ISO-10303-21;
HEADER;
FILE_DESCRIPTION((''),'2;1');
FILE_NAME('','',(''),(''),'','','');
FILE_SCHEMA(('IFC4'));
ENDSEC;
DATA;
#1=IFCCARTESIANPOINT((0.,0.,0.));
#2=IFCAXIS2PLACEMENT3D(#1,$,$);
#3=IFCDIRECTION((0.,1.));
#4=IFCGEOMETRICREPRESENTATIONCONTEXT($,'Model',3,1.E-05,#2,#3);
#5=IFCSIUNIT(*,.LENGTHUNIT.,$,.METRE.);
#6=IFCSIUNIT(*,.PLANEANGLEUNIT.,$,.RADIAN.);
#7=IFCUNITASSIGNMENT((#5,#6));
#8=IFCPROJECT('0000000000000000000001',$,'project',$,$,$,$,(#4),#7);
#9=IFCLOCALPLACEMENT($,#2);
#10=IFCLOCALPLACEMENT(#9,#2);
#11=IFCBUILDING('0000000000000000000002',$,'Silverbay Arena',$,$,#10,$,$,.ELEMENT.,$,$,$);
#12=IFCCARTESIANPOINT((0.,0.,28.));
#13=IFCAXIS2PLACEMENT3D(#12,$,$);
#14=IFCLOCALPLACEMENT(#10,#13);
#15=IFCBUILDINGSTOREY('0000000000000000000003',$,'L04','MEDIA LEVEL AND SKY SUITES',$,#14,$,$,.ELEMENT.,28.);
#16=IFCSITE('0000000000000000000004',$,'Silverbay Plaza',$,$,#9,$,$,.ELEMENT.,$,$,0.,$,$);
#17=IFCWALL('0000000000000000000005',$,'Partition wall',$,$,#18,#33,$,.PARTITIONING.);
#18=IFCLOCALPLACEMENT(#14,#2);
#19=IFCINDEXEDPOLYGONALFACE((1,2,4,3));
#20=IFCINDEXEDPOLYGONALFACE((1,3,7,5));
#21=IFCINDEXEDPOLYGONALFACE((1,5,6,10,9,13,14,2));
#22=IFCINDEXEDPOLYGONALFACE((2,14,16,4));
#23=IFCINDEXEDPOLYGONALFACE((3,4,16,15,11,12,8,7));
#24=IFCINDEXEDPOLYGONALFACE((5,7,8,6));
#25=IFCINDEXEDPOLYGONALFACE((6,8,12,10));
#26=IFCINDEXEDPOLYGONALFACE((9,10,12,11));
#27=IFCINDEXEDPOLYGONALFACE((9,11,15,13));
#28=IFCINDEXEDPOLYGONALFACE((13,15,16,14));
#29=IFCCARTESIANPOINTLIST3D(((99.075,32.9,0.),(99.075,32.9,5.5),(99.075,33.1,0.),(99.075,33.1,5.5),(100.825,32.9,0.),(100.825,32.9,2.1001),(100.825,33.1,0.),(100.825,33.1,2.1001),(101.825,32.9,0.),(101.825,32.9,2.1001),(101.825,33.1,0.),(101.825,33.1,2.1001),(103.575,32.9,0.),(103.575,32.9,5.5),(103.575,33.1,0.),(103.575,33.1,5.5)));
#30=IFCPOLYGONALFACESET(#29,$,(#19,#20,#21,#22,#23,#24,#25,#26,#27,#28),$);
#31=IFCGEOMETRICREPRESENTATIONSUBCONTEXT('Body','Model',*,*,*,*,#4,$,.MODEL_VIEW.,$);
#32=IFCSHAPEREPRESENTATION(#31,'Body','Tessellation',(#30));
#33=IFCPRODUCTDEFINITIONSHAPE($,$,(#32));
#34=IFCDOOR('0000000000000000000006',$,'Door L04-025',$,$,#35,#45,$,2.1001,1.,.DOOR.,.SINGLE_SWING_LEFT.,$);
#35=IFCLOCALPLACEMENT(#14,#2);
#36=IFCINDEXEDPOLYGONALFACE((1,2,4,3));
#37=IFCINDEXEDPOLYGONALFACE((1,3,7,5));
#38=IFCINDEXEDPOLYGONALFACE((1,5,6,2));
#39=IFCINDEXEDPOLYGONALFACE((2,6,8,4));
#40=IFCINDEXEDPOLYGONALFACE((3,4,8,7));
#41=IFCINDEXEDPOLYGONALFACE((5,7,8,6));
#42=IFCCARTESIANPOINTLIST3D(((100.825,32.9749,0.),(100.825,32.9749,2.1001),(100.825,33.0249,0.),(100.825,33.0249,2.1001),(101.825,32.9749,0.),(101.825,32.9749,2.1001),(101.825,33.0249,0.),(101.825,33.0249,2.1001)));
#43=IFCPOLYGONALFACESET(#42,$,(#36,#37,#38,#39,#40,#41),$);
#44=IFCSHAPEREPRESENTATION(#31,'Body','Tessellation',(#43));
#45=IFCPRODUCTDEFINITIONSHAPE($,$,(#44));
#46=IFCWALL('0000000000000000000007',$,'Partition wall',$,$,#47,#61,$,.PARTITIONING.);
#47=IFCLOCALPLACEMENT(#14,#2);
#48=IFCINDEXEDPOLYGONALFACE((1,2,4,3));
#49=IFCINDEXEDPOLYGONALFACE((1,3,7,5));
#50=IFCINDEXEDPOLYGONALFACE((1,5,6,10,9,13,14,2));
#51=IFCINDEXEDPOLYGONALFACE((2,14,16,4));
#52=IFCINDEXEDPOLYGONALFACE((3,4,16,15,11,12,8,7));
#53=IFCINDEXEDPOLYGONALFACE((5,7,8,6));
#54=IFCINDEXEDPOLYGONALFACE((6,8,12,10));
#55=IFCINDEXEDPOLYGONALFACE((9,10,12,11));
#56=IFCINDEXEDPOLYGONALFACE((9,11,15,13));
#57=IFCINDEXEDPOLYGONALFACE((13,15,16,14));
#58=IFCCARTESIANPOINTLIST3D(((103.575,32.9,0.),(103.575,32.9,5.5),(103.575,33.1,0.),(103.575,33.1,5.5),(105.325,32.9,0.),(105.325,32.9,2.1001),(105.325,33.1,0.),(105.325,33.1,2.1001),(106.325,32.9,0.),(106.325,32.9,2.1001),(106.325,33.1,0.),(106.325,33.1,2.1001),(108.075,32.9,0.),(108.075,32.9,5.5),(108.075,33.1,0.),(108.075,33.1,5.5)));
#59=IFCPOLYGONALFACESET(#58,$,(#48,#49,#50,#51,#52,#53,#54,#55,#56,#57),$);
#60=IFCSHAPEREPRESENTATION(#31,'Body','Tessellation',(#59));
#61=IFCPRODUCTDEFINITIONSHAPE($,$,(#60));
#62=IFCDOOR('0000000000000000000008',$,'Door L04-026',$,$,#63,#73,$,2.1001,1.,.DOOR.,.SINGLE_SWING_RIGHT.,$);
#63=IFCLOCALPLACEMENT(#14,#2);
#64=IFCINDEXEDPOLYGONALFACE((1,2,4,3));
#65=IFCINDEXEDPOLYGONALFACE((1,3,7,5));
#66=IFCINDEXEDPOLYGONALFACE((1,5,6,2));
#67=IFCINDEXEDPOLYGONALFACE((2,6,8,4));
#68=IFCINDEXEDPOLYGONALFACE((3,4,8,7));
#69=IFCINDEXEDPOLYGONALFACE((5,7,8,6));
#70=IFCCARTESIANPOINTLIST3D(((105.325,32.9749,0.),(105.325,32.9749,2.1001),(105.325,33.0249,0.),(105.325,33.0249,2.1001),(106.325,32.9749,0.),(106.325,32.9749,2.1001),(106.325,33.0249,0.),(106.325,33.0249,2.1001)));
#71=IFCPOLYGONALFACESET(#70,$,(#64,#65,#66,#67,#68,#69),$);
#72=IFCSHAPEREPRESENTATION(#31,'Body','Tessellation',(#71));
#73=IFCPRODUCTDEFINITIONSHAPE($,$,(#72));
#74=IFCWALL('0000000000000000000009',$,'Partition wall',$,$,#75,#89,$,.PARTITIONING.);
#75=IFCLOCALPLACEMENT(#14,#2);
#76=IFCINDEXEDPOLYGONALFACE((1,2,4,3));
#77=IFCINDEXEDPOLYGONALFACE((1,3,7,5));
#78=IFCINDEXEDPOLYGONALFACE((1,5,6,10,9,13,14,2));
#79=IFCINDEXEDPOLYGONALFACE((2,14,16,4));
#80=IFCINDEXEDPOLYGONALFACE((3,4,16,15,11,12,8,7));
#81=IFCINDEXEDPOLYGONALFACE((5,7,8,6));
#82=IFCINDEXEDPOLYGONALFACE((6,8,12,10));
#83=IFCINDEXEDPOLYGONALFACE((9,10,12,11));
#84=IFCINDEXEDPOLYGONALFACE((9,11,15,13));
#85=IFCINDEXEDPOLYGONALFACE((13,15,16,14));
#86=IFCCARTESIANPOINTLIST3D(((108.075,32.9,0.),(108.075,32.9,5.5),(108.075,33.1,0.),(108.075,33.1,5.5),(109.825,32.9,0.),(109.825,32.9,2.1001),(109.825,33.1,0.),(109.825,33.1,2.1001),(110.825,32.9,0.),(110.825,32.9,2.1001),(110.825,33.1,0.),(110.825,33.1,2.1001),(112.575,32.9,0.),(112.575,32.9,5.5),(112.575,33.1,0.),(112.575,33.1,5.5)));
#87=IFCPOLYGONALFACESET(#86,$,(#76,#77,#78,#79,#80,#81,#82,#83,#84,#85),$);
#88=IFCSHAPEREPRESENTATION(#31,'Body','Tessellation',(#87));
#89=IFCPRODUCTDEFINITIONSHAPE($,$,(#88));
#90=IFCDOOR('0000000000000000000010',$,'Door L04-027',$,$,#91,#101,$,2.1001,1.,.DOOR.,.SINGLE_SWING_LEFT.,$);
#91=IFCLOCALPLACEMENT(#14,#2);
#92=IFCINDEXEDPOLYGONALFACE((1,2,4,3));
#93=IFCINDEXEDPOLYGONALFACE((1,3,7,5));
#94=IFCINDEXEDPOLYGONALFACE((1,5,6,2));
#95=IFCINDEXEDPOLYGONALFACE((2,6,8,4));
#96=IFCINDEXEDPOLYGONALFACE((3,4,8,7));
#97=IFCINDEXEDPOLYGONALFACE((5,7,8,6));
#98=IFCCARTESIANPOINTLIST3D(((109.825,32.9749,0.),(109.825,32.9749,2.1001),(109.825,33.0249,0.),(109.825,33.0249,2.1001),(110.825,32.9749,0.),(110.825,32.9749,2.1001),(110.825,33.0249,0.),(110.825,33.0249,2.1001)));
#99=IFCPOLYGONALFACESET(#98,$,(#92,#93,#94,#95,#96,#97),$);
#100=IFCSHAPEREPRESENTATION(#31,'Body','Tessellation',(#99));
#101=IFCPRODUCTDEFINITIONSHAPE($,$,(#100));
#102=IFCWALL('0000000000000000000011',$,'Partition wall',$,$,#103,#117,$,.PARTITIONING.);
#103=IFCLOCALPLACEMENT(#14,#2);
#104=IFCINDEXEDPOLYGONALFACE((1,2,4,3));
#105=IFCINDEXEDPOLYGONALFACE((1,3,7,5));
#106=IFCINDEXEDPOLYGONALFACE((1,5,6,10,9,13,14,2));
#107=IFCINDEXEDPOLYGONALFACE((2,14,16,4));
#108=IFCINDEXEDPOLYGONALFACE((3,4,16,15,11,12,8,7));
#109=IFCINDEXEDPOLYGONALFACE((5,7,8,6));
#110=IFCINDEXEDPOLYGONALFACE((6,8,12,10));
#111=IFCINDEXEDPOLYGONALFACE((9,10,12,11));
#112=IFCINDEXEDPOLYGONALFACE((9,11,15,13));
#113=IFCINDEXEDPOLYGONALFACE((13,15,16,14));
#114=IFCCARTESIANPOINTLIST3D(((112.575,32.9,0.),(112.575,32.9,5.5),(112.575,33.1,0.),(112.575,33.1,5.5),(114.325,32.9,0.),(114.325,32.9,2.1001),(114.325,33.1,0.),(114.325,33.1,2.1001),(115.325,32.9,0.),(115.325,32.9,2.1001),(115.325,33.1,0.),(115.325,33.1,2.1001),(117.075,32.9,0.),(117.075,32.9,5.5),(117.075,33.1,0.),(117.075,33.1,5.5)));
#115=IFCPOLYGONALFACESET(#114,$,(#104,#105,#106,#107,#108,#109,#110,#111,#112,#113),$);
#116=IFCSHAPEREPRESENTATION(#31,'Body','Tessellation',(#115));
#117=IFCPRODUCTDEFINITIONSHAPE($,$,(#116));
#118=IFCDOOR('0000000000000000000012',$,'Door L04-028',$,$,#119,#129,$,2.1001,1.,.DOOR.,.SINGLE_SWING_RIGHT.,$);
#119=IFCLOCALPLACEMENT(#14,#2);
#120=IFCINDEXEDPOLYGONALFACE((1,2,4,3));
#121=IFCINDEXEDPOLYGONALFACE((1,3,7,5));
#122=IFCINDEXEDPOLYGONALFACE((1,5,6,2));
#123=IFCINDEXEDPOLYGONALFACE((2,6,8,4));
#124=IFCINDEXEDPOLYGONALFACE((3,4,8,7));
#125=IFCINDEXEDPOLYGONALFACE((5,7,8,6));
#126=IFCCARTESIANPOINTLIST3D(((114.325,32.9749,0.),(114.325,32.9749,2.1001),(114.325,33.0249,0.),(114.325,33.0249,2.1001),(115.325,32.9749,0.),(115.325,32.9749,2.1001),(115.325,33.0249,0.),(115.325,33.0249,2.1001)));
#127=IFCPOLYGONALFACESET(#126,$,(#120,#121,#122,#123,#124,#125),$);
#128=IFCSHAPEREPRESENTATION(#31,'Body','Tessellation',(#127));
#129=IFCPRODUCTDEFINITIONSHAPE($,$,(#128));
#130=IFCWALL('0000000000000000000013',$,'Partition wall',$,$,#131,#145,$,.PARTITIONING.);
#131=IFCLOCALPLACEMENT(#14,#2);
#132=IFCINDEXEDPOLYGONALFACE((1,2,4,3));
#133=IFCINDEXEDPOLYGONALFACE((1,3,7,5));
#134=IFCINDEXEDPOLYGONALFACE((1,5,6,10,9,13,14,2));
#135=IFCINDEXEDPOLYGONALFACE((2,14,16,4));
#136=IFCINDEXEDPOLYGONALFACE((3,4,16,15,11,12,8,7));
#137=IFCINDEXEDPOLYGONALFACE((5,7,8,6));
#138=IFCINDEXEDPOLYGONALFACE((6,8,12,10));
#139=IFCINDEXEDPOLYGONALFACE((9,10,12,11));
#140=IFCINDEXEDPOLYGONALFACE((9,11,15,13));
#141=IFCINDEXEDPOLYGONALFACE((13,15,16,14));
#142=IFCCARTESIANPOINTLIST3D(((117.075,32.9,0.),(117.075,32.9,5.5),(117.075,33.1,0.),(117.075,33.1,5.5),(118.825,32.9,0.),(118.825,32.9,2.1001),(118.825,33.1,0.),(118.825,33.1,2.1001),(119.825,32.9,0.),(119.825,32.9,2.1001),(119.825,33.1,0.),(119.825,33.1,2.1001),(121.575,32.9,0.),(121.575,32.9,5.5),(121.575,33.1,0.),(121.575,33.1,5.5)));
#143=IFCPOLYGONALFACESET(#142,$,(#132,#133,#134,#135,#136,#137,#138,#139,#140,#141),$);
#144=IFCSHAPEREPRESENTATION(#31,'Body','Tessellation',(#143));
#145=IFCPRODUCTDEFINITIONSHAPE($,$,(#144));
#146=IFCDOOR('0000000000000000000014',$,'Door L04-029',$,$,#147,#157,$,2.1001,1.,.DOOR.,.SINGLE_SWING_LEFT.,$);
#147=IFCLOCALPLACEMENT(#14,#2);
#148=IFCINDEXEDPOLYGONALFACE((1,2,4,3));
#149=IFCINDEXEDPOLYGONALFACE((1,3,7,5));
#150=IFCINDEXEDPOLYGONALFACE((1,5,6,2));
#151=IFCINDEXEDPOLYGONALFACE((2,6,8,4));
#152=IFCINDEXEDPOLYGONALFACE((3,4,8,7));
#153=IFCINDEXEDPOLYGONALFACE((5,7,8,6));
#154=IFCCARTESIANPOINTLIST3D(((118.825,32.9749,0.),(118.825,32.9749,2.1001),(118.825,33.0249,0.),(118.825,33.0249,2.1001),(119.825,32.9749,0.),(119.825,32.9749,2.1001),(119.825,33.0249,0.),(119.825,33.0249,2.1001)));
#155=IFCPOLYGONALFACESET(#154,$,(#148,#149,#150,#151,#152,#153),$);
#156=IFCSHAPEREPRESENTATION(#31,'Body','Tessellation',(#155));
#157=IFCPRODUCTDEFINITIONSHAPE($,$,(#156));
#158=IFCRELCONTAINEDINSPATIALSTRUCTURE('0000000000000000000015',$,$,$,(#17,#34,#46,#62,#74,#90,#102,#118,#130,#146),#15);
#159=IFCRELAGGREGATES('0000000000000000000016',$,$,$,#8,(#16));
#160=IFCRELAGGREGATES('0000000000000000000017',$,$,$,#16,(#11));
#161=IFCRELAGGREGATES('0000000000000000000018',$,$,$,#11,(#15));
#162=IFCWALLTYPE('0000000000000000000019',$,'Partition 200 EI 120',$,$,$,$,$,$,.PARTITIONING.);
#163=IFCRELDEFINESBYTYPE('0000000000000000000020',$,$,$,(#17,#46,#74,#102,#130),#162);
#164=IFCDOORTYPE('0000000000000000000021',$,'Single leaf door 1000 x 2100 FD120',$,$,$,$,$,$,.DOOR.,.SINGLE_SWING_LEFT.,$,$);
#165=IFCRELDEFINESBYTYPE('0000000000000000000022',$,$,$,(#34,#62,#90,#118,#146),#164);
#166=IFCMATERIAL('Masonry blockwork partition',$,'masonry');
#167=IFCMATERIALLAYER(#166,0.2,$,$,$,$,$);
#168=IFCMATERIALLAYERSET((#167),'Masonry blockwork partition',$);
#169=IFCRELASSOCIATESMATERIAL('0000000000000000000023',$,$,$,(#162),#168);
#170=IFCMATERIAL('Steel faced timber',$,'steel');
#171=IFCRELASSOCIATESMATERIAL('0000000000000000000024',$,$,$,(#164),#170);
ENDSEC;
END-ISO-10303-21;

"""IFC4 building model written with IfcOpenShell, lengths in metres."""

from ifc_helpers import new_model, si_unit, direction, frame, frame_2d, origin, place, context, subcontext, project, spatial, rectangle, extrude, material, layer, layer_set, type_object, element, fill, save


model = new_model("IFC4")

# Units and contexts
model_context = context("Model", 3, precision=1e-05, world=origin(), true_north=direction((0.0, 1.0)))
body_context = subcontext(model_context, "Body", "Model", "MODEL_VIEW")
ifc_project = project(units=[si_unit("LENGTHUNIT", "METRE"), si_unit("PLANEANGLEUNIT", "RADIAN")], contexts=[model_context])

# Site, building, storey
site_placement = place(None, origin())
site = spatial("IfcSite", under=ifc_project, at=site_placement, Name="Silverbay Plaza", CompositionType="ELEMENT", RefElevation=0.0)
building_placement = place(site_placement, origin())
building = spatial("IfcBuilding", under=site, at=building_placement, Name="Silverbay Arena", CompositionType="ELEMENT")
storey_placement = place(building_placement, frame((0.0, 0.0, 28.0)))
storey = spatial("IfcBuildingStorey", under=building, at=storey_placement, Name="L04", Description="MEDIA LEVEL AND SKY SUITES", CompositionType="ELEMENT", Elevation=28.0)

# Shared definitions
ifc_material_1 = material(Name="Masonry blockwork partition", Category="masonry")
ifc_layer_1 = layer(ifc_material_1, 0.2)
ifc_layer_set_1 = layer_set([ifc_layer_1], Name="Masonry blockwork partition")
wall_type_1 = type_object("IfcWallType", Name="Partition 200 EI 120", PredefinedType="PARTITIONING", material=ifc_layer_set_1)

# Walls, openings, doors
ifc_material_2 = material(Name="Steel faced timber", Category="steel")
door_type_1 = type_object("IfcDoorType", Name="Single leaf door 1000 x 2100 FD120", OperationType="SINGLE_SWING_LEFT", PredefinedType="DOOR", material=ifc_material_2)
wall_1_placement = place(storey_placement, frame((99.075, 33.0, 0.0), z_axis=(0.0, 0.0, 1.0), x_axis=(1.0, 0.0, 0.0)))
wall_1 = element("IfcWall", 1, at=wall_1_placement, inside=storey, type_object=wall_type_1, Name="Partition wall", PredefinedType="PARTITIONING", context=body_context, shape_type="SweptSolid", body=[
    extrude(rectangle(XDim=4.5, YDim=0.2, at=frame_2d((2.25, 0.0))), origin(), (0.0, 0.0, 1.0), 5.5),
])
opening_1_placement = place(wall_1_placement, frame((1.75, 0.0, 0.0)))
opening_1 = element("IfcOpeningElement", 2, at=opening_1_placement, cuts=wall_1, PredefinedType="OPENING", context=body_context, shape_type="SweptSolid", body=[
    extrude(rectangle(XDim=1.0, YDim=2.1001, at=frame_2d((0.5, 1.05))), frame((0.0, 0.1099, 0.0), z_axis=(0.0, -1.0, 0.0), x_axis=(1.0, 0.0, 0.0)), (0.0, 0.0, 1.0), 0.22),
])
door_1_placement = place(opening_1_placement, origin())
door_1 = element("IfcDoor", 3, at=door_1_placement, inside=storey, type_object=door_type_1, Name="Door L04-025", OperationType="SINGLE_SWING_LEFT", OverallHeight=2.1001, OverallWidth=1.0, PredefinedType="DOOR", context=body_context, shape_type="SweptSolid", body=[
    extrude(rectangle(XDim=1.0, YDim=2.1001, at=frame_2d((0.5, 1.05))), frame((0.0, 0.0249, 0.0), z_axis=(0.0, -1.0, 0.0), x_axis=(1.0, 0.0, 0.0)), (0.0, 0.0, 1.0), 0.05),
])
fill(opening_1, door_1)
wall_2_placement = place(storey_placement, frame((103.575, 33.0, 0.0), z_axis=(0.0, 0.0, 1.0), x_axis=(1.0, 0.0, 0.0)))
wall_2 = element("IfcWall", 4, at=wall_2_placement, inside=storey, type_object=wall_type_1, Name="Partition wall", PredefinedType="PARTITIONING", context=body_context, shape_type="SweptSolid", body=[
    extrude(rectangle(XDim=4.5, YDim=0.2, at=frame_2d((2.25, 0.0))), origin(), (0.0, 0.0, 1.0), 5.5),
])
opening_2_placement = place(wall_2_placement, frame((1.75, 0.0, 0.0)))
opening_2 = element("IfcOpeningElement", 5, at=opening_2_placement, cuts=wall_2, PredefinedType="OPENING", context=body_context, shape_type="SweptSolid", body=[
    extrude(rectangle(XDim=1.0, YDim=2.1001, at=frame_2d((0.5, 1.05))), frame((0.0, 0.1099, 0.0), z_axis=(0.0, -1.0, 0.0), x_axis=(1.0, 0.0, 0.0)), (0.0, 0.0, 1.0), 0.22),
])
door_2_placement = place(opening_2_placement, origin())
door_2 = element("IfcDoor", 6, at=door_2_placement, inside=storey, type_object=door_type_1, Name="Door L04-026", OperationType="SINGLE_SWING_RIGHT", OverallHeight=2.1001, OverallWidth=1.0, PredefinedType="DOOR", context=body_context, shape_type="SweptSolid", body=[
    extrude(rectangle(XDim=1.0, YDim=2.1001, at=frame_2d((0.5, 1.05))), frame((0.0, 0.0249, 0.0), z_axis=(0.0, -1.0, 0.0), x_axis=(1.0, 0.0, 0.0)), (0.0, 0.0, 1.0), 0.05),
])
fill(opening_2, door_2)
wall_3_placement = place(storey_placement, frame((108.075, 33.0, 0.0), z_axis=(0.0, 0.0, 1.0), x_axis=(1.0, 0.0, 0.0)))
wall_3 = element("IfcWall", 7, at=wall_3_placement, inside=storey, type_object=wall_type_1, Name="Partition wall", PredefinedType="PARTITIONING", context=body_context, shape_type="SweptSolid", body=[
    extrude(rectangle(XDim=4.5, YDim=0.2, at=frame_2d((2.25, 0.0))), origin(), (0.0, 0.0, 1.0), 5.5),
])
opening_3_placement = place(wall_3_placement, frame((1.75, 0.0, 0.0)))
opening_3 = element("IfcOpeningElement", 8, at=opening_3_placement, cuts=wall_3, PredefinedType="OPENING", context=body_context, shape_type="SweptSolid", body=[
    extrude(rectangle(XDim=1.0, YDim=2.1001, at=frame_2d((0.5, 1.05))), frame((0.0, 0.1099, 0.0), z_axis=(0.0, -1.0, 0.0), x_axis=(1.0, 0.0, 0.0)), (0.0, 0.0, 1.0), 0.22),
])
door_3_placement = place(opening_3_placement, origin())
door_3 = element("IfcDoor", 9, at=door_3_placement, inside=storey, type_object=door_type_1, Name="Door L04-027", OperationType="SINGLE_SWING_LEFT", OverallHeight=2.1001, OverallWidth=1.0, PredefinedType="DOOR", context=body_context, shape_type="SweptSolid", body=[
    extrude(rectangle(XDim=1.0, YDim=2.1001, at=frame_2d((0.5, 1.05))), frame((0.0, 0.0249, 0.0), z_axis=(0.0, -1.0, 0.0), x_axis=(1.0, 0.0, 0.0)), (0.0, 0.0, 1.0), 0.05),
])
fill(opening_3, door_3)
wall_4_placement = place(storey_placement, frame((112.575, 33.0, 0.0), z_axis=(0.0, 0.0, 1.0), x_axis=(1.0, 0.0, 0.0)))
wall_4 = element("IfcWall", 10, at=wall_4_placement, inside=storey, type_object=wall_type_1, Name="Partition wall", PredefinedType="PARTITIONING", context=body_context, shape_type="SweptSolid", body=[
    extrude(rectangle(XDim=4.5, YDim=0.2, at=frame_2d((2.25, 0.0))), origin(), (0.0, 0.0, 1.0), 5.5),
])
opening_4_placement = place(wall_4_placement, frame((1.75, 0.0, 0.0)))
opening_4 = element("IfcOpeningElement", 11, at=opening_4_placement, cuts=wall_4, PredefinedType="OPENING", context=body_context, shape_type="SweptSolid", body=[
    extrude(rectangle(XDim=1.0, YDim=2.1001, at=frame_2d((0.5, 1.05))), frame((0.0, 0.1099, 0.0), z_axis=(0.0, -1.0, 0.0), x_axis=(1.0, 0.0, 0.0)), (0.0, 0.0, 1.0), 0.22),
])
door_4_placement = place(opening_4_placement, origin())
door_4 = element("IfcDoor", 12, at=door_4_placement, inside=storey, type_object=door_type_1, Name="Door L04-028", OperationType="SINGLE_SWING_RIGHT", OverallHeight=2.1001, OverallWidth=1.0, PredefinedType="DOOR", context=body_context, shape_type="SweptSolid", body=[
    extrude(rectangle(XDim=1.0, YDim=2.1001, at=frame_2d((0.5, 1.05))), frame((0.0, 0.0249, 0.0), z_axis=(0.0, -1.0, 0.0), x_axis=(1.0, 0.0, 0.0)), (0.0, 0.0, 1.0), 0.05),
])
fill(opening_4, door_4)
wall_5_placement = place(storey_placement, frame((117.075, 33.0, 0.0), z_axis=(0.0, 0.0, 1.0), x_axis=(1.0, 0.0, 0.0)))
wall_5 = element("IfcWall", 13, at=wall_5_placement, inside=storey, type_object=wall_type_1, Name="Partition wall", PredefinedType="PARTITIONING", context=body_context, shape_type="SweptSolid", body=[
    extrude(rectangle(XDim=4.5, YDim=0.2, at=frame_2d((2.25, 0.0))), origin(), (0.0, 0.0, 1.0), 5.5),
])
opening_5_placement = place(wall_5_placement, frame((1.75, 0.0, 0.0)))
opening_5 = element("IfcOpeningElement", 14, at=opening_5_placement, cuts=wall_5, PredefinedType="OPENING", context=body_context, shape_type="SweptSolid", body=[
    extrude(rectangle(XDim=1.0, YDim=2.1001, at=frame_2d((0.5, 1.05))), frame((0.0, 0.1099, 0.0), z_axis=(0.0, -1.0, 0.0), x_axis=(1.0, 0.0, 0.0)), (0.0, 0.0, 1.0), 0.22),
])
door_5_placement = place(opening_5_placement, origin())
door_5 = element("IfcDoor", 15, at=door_5_placement, inside=storey, type_object=door_type_1, Name="Door L04-029", OperationType="SINGLE_SWING_LEFT", OverallHeight=2.1001, OverallWidth=1.0, PredefinedType="DOOR", context=body_context, shape_type="SweptSolid", body=[
    extrude(rectangle(XDim=1.0, YDim=2.1001, at=frame_2d((0.5, 1.05))), frame((0.0, 0.0249, 0.0), z_axis=(0.0, -1.0, 0.0), x_axis=(1.0, 0.0, 0.0)), (0.0, 0.0, 1.0), 0.05),
])
fill(opening_5, door_5)

save(model, "model.ifc")
